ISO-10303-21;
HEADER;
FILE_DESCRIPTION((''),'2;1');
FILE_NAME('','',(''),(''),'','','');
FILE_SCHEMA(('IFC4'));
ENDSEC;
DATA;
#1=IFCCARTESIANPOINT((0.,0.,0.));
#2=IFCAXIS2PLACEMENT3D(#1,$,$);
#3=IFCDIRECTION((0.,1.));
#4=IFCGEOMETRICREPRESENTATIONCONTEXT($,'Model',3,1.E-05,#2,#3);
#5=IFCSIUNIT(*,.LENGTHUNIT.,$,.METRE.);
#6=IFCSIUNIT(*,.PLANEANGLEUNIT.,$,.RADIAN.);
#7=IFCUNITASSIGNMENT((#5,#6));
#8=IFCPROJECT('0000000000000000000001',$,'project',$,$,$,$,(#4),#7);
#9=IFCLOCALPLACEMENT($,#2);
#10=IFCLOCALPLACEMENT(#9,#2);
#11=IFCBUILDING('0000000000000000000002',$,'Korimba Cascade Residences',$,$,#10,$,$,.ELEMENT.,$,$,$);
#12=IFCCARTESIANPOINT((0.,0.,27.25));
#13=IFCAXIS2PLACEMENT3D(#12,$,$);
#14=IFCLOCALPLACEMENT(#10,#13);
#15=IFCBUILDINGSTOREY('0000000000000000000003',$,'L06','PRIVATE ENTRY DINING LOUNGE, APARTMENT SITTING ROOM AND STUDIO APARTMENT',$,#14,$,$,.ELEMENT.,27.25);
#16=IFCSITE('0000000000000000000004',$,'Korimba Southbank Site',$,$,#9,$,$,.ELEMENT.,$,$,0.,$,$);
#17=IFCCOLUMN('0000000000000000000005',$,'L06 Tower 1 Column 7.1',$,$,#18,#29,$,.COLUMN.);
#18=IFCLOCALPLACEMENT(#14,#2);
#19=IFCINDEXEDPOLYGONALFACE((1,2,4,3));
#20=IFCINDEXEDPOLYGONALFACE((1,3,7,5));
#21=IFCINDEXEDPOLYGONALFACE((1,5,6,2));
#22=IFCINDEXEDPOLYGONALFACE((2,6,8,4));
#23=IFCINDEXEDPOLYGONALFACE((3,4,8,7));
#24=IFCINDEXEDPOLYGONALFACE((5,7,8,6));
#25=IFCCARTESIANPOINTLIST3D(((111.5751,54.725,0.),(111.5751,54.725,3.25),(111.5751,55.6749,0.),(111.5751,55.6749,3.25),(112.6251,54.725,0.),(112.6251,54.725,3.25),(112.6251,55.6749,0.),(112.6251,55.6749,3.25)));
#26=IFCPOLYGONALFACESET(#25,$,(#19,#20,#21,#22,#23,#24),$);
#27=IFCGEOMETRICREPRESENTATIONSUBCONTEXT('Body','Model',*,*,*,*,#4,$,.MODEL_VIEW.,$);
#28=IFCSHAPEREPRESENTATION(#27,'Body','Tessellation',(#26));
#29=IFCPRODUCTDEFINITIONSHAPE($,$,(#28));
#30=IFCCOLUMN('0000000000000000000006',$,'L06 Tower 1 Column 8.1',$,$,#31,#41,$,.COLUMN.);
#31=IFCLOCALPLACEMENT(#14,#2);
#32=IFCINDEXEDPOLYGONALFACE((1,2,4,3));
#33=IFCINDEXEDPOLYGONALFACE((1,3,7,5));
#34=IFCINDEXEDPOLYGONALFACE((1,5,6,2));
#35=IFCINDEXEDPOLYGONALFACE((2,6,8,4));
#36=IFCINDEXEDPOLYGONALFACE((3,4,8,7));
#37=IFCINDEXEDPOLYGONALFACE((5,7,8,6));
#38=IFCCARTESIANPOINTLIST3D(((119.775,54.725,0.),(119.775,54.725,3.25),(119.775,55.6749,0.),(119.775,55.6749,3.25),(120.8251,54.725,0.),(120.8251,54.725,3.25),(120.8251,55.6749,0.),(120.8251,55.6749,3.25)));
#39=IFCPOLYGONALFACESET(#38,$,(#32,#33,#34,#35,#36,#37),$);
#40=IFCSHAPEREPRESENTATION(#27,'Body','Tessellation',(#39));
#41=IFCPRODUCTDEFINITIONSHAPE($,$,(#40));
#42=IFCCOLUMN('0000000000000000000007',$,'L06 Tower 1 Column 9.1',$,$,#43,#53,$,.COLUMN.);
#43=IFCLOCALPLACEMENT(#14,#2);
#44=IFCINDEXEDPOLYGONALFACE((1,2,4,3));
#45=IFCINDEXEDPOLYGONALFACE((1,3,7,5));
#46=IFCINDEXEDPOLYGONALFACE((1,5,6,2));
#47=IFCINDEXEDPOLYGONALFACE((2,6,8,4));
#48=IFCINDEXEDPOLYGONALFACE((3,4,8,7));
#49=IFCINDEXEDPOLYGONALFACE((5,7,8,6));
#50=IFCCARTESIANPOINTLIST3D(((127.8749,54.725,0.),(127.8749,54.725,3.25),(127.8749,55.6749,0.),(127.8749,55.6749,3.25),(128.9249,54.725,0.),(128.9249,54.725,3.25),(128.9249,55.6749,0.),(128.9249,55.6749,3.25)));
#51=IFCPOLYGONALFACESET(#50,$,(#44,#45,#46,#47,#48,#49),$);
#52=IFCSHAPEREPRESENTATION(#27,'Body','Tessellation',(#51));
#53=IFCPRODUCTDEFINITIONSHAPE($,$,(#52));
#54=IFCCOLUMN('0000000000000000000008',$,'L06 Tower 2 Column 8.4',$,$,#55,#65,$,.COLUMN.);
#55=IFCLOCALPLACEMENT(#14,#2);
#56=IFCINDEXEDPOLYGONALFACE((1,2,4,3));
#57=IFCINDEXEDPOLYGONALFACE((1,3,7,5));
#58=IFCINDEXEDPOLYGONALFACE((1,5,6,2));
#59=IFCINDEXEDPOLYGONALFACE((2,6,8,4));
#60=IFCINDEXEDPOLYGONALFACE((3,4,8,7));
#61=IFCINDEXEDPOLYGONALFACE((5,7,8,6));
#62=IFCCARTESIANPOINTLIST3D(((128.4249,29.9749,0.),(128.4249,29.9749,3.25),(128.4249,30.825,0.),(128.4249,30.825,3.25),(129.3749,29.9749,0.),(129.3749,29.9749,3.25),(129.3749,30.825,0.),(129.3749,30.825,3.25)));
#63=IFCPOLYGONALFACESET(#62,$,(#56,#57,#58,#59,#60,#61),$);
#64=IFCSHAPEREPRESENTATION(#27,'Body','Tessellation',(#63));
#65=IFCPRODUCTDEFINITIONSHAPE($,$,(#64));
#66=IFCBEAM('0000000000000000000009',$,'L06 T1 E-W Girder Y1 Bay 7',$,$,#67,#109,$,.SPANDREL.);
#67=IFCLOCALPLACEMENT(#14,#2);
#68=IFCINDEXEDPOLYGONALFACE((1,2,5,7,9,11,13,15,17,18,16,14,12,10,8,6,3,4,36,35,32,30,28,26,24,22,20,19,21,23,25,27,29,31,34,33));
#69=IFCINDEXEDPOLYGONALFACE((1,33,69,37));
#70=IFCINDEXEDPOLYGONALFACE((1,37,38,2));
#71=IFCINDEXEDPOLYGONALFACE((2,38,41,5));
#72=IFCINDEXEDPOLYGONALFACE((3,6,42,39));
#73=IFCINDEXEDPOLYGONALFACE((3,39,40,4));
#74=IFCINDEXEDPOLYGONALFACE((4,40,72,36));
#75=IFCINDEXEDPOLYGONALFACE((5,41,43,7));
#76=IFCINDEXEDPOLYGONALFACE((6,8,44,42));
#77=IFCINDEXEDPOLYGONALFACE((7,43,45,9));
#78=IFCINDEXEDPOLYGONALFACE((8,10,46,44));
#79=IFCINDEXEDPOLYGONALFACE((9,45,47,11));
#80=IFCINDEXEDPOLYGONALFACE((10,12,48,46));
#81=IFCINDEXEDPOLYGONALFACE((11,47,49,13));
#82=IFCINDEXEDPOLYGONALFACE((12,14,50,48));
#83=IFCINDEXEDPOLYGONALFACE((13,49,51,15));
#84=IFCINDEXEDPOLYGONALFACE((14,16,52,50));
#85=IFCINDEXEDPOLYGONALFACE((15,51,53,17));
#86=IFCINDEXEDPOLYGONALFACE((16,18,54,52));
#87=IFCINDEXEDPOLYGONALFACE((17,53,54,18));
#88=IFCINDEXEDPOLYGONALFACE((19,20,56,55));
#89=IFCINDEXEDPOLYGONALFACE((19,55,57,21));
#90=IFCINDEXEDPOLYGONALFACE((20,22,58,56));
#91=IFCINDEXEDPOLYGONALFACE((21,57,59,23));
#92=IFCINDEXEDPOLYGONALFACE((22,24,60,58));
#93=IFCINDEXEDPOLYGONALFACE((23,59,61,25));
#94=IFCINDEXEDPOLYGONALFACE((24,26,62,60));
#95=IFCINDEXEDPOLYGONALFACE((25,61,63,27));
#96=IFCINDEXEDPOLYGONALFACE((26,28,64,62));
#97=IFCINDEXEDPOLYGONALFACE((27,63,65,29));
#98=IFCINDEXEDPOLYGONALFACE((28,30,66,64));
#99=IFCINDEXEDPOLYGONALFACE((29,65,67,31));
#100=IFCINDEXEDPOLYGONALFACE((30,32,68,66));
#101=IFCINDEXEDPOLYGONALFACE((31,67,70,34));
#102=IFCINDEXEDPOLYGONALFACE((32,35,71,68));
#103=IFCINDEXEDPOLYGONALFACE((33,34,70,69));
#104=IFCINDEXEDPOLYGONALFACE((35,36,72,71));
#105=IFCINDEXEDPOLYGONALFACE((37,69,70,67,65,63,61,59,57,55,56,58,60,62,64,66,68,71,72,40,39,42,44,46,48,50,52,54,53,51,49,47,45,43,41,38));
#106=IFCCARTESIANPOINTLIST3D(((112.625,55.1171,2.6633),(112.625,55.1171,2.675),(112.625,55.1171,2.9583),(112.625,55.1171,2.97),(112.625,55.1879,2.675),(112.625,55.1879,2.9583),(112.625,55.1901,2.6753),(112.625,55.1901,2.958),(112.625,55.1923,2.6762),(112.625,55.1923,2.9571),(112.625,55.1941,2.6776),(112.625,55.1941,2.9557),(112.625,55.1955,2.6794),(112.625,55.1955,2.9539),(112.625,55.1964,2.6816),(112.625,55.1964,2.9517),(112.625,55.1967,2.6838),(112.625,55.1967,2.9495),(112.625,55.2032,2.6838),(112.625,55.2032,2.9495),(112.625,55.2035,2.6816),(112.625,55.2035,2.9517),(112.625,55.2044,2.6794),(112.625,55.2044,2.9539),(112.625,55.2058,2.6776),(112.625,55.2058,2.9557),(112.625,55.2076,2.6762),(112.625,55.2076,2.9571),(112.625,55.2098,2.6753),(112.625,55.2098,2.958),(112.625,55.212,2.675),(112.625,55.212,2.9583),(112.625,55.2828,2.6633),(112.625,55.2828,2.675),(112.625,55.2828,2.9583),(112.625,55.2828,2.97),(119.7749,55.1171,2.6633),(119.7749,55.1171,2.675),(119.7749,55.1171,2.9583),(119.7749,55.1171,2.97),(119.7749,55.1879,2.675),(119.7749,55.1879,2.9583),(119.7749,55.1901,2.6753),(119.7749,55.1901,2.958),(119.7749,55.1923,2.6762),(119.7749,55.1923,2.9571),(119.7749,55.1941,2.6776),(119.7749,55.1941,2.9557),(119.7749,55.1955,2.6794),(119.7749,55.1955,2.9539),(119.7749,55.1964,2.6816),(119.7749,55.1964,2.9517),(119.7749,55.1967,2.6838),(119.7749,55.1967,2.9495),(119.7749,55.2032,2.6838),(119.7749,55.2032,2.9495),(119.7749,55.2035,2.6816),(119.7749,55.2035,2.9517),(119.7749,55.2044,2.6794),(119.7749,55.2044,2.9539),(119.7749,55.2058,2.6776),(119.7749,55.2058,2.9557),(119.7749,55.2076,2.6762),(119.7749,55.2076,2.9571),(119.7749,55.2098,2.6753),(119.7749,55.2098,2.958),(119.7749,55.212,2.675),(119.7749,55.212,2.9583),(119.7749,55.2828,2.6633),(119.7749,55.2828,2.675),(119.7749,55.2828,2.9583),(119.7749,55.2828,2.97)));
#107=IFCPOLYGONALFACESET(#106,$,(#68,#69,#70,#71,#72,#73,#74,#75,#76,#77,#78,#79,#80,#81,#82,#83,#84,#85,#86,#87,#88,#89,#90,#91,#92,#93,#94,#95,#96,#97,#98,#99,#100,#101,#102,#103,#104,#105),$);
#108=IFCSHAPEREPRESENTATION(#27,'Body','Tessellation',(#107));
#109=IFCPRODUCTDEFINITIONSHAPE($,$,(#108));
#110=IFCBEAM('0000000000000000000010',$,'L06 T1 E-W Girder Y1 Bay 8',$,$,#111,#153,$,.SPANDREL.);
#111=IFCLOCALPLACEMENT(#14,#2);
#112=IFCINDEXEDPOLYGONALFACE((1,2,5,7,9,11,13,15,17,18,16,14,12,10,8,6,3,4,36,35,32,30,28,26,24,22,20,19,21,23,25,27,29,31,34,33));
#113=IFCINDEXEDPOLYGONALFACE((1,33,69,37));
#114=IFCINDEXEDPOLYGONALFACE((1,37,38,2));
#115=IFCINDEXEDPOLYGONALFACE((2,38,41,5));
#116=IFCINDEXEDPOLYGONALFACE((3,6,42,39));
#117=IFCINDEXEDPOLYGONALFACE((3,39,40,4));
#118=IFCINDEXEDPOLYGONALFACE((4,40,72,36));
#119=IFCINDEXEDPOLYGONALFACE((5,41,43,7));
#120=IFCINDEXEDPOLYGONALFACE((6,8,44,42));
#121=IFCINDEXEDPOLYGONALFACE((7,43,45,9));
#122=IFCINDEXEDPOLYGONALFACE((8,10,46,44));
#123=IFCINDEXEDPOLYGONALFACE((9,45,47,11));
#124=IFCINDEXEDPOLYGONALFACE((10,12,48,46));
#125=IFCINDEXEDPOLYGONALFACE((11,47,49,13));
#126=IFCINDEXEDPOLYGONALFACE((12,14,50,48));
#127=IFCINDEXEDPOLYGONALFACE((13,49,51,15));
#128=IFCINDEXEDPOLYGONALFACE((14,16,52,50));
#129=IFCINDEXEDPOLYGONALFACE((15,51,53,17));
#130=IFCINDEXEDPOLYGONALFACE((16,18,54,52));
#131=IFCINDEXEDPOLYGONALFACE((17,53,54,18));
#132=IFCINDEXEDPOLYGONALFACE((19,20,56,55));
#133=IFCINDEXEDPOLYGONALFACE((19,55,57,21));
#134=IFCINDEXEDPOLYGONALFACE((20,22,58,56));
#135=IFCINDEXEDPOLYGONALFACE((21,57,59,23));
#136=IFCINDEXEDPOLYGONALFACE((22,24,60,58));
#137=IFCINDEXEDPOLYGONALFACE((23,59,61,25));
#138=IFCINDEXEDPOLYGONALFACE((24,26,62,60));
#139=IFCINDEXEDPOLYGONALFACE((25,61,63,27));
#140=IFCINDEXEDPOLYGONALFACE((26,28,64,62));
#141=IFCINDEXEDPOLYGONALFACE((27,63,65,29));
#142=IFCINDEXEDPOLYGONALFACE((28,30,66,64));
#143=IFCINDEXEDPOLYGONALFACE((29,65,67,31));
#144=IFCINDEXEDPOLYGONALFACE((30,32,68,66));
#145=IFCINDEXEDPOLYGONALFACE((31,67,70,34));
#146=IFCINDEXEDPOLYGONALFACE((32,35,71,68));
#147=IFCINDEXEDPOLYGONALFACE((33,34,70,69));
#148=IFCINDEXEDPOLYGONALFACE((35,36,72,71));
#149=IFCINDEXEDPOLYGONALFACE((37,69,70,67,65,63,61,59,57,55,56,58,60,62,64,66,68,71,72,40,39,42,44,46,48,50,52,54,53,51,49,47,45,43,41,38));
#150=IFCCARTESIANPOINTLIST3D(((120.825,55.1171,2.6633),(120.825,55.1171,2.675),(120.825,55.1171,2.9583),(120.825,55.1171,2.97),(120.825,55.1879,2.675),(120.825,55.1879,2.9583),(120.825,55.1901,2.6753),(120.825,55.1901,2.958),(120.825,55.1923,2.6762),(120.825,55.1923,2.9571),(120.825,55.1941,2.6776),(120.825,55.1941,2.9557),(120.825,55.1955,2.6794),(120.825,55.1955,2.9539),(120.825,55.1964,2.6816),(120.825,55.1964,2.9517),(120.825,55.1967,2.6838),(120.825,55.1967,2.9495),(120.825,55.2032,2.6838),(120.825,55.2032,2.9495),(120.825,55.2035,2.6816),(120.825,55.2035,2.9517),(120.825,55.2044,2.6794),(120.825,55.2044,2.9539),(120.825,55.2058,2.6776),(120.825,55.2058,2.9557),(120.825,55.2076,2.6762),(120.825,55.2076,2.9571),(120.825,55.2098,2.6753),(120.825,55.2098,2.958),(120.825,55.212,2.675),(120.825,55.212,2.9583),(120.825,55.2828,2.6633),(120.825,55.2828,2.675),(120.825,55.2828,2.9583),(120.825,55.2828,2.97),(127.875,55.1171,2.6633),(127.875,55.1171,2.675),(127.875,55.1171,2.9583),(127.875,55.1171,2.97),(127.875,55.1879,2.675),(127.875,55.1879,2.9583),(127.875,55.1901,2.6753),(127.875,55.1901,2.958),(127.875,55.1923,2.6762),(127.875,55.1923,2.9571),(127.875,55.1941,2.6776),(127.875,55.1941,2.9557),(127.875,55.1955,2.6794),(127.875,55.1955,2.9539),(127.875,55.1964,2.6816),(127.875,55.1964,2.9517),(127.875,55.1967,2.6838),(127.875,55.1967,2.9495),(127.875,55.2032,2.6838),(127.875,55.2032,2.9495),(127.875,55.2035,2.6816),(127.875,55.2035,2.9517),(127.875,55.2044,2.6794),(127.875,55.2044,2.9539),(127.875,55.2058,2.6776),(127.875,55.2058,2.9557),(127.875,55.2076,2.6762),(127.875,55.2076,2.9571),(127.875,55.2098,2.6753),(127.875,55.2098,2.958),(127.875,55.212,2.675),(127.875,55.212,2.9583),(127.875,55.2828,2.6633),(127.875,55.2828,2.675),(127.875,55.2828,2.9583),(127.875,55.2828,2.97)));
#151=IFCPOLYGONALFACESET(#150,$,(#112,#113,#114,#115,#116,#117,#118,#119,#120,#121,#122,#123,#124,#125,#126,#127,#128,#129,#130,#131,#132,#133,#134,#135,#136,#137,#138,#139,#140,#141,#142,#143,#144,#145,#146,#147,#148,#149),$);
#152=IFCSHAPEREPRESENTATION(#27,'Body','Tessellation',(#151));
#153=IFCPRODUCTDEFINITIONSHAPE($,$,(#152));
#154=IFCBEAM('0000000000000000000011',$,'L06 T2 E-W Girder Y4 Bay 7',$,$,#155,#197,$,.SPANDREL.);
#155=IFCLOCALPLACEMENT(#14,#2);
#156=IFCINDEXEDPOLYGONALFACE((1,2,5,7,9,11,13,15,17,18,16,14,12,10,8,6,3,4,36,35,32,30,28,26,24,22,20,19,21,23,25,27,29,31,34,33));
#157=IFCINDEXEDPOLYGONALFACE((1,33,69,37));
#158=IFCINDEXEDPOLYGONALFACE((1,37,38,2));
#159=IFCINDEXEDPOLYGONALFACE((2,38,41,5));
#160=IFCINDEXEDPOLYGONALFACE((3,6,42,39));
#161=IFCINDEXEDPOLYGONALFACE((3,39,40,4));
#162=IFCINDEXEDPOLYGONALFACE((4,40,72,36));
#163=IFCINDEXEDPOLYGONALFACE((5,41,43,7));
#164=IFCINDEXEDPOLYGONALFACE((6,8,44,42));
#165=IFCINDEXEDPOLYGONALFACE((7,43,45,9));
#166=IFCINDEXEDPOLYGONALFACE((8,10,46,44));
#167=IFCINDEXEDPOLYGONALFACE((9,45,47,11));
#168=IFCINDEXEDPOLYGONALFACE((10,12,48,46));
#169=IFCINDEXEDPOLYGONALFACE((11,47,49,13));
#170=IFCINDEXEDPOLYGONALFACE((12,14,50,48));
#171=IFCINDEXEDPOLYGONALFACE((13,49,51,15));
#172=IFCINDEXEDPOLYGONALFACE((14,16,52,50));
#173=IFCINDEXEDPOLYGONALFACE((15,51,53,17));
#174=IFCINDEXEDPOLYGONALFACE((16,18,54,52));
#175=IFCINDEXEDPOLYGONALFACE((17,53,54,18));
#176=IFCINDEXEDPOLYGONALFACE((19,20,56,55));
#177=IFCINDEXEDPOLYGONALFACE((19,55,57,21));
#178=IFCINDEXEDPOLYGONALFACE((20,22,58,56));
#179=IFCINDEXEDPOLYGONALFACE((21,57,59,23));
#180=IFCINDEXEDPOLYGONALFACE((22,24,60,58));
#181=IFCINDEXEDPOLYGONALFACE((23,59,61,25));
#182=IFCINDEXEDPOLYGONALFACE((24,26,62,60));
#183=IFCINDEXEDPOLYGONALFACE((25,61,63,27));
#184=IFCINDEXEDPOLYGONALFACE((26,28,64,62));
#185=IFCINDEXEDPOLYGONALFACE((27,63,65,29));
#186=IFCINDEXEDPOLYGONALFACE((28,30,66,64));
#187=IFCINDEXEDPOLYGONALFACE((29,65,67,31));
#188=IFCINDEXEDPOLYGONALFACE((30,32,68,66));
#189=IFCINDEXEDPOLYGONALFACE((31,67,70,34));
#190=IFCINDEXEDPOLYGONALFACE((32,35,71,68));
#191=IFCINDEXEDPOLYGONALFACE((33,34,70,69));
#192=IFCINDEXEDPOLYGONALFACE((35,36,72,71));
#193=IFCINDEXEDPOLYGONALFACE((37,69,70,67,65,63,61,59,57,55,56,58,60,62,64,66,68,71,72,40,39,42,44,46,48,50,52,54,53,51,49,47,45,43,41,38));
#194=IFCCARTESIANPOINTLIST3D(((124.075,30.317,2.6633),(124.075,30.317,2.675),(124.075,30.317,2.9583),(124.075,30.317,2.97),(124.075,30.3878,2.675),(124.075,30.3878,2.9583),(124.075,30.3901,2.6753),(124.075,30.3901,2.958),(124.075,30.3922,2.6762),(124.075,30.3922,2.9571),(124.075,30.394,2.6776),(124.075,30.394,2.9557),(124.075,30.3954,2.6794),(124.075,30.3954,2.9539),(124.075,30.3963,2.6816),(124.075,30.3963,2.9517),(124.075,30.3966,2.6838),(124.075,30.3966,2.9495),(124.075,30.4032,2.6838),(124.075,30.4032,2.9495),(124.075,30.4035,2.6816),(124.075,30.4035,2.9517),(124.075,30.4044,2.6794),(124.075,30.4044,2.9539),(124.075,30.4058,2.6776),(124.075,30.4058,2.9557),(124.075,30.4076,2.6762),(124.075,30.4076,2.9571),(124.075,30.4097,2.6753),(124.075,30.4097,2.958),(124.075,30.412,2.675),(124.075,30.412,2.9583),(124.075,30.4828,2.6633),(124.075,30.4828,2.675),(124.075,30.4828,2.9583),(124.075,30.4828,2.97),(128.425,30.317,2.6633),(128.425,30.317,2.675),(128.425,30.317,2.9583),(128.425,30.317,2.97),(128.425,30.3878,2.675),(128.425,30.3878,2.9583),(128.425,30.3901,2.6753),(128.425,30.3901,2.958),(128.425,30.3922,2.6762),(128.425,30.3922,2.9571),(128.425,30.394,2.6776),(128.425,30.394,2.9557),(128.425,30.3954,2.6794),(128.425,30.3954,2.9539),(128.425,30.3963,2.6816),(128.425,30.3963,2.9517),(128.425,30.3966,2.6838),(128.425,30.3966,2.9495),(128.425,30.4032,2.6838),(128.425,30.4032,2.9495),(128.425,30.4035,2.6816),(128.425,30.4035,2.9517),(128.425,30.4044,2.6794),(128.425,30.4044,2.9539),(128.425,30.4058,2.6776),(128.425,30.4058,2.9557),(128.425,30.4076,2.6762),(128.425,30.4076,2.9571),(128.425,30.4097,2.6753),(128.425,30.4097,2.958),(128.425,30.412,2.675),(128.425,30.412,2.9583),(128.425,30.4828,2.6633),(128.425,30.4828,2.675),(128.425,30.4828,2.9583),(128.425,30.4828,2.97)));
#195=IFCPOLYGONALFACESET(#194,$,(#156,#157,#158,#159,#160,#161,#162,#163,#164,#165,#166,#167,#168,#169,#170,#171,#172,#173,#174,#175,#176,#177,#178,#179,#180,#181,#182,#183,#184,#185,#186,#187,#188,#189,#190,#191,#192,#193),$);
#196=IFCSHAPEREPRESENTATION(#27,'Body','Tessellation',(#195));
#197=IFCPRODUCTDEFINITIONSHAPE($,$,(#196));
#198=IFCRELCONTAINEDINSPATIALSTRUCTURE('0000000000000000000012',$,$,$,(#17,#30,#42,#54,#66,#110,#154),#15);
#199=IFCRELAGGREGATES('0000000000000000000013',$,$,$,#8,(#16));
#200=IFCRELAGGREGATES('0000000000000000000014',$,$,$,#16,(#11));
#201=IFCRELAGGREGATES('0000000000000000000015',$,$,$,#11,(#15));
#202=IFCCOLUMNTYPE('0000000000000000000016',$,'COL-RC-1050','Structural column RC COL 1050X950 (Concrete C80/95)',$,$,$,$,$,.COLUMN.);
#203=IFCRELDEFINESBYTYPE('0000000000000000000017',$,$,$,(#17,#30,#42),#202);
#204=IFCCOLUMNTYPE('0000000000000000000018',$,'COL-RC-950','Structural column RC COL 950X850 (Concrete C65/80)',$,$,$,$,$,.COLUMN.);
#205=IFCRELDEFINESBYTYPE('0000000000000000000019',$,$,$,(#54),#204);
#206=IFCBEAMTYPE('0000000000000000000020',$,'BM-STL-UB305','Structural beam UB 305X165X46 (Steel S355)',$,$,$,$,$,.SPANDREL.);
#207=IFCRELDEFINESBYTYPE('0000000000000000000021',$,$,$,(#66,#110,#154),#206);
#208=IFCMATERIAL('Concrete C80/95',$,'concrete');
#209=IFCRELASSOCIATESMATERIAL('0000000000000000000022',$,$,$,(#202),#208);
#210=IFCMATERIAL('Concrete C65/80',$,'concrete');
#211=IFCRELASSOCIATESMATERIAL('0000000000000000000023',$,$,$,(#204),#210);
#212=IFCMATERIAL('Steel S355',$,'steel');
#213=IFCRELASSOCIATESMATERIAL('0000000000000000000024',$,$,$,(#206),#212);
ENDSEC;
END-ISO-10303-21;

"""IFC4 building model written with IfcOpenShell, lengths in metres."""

from ifc_helpers import new_model, si_unit, direction, frame, origin, origin_2d, place, context, subcontext, project, spatial, rectangle, i_section, extrude, material, material_profile, profile_set, type_object, element, save


model = new_model("IFC4")

# Units and contexts
model_context = context("Model", 3, precision=1e-05, world=origin(), true_north=direction((0.0, 1.0)))
body_context = subcontext(model_context, "Body", "Model", "MODEL_VIEW")
ifc_project = project(units=[si_unit("LENGTHUNIT", "METRE"), si_unit("PLANEANGLEUNIT", "RADIAN")], contexts=[model_context])

# Site, building, storey
site_placement = place(None, origin())
site = spatial("IfcSite", under=ifc_project, at=site_placement, Name="Korimba Southbank Site", CompositionType="ELEMENT", RefElevation=0.0)
building_placement = place(site_placement, origin())
building = spatial("IfcBuilding", under=site, at=building_placement, Name="Korimba Cascade Residences", CompositionType="ELEMENT")
storey_placement = place(building_placement, frame((0.0, 0.0, 27.25)))
storey = spatial("IfcBuildingStorey", under=building, at=storey_placement, Name="L06", Description="PRIVATE ENTRY DINING LOUNGE, APARTMENT SITTING ROOM AND STUDIO APARTMENT", CompositionType="ELEMENT", Elevation=27.25)

# Columns
ifc_material_1 = material(Name="Concrete C80/95", Category="concrete")
ifc_material_profile_1 = material_profile(ifc_material_1, rectangle(XDim=1.05, YDim=0.95, at=origin_2d()), Name="Concrete C80/95")
ifc_profile_set_1 = profile_set([ifc_material_profile_1], Name="Concrete C80/95")
column_type_1 = type_object("IfcColumnType", Name="COL-RC-1050", Description="Structural column RC COL 1050X950 (Concrete C80/95)", PredefinedType="COLUMN", material=ifc_profile_set_1)
for number, where, z_axis, x_axis, name in (
    (1, (112.1001, 55.2, 0.0), (0.0, 0.0, 1.0), (1.0, 0.0, 0.0), "L06 Tower 1 Column 7.1"),
    (2, (120.3, 55.2, 0.0), (0.0, 0.0, 1.0), (1.0, 0.0, 0.0), "L06 Tower 1 Column 8.1"),
    (3, (128.3999, 55.2, 0.0), (0.0, 0.0, 1.0), (1.0, 0.0, 0.0), "L06 Tower 1 Column 9.1"),
):
    element("IfcColumn", number, at=place(storey_placement, frame(where, z_axis=z_axis, x_axis=x_axis)), inside=storey, type_object=column_type_1, Name=name, PredefinedType="COLUMN", context=body_context, shape_type="SweptSolid", body=[
        extrude(rectangle(XDim=1.05, YDim=0.95, at=origin_2d()), origin(), (0.0, 0.0, 1.0), 3.25),
    ])
ifc_material_2 = material(Name="Concrete C65/80", Category="concrete")
ifc_material_profile_2 = material_profile(ifc_material_2, rectangle(XDim=0.95, YDim=0.8501, at=origin_2d()), Name="Concrete C65/80")
ifc_profile_set_2 = profile_set([ifc_material_profile_2], Name="Concrete C65/80")
column_type_2 = type_object("IfcColumnType", Name="COL-RC-950", Description="Structural column RC COL 950X850 (Concrete C65/80)", PredefinedType="COLUMN", material=ifc_profile_set_2)
column_placement = place(storey_placement, frame((128.8999, 30.3999, 0.0), z_axis=(0.0, 0.0, 1.0), x_axis=(1.0, 0.0, 0.0)))
element("IfcColumn", 4, at=column_placement, inside=storey, type_object=column_type_2, Name="L06 Tower 2 Column 8.4", PredefinedType="COLUMN", context=body_context, shape_type="SweptSolid", body=[
    extrude(rectangle(XDim=0.95, YDim=0.8501, at=origin_2d()), origin(), (0.0, 0.0, 1.0), 3.25),
])

# Beams
ifc_material_3 = material(Name="Steel S355", Category="steel")
ifc_material_profile_3 = material_profile(ifc_material_3, i_section(OverallWidth=0.1658, OverallDepth=0.3066, WebThickness=0.0066, FlangeThickness=0.0117, FilletRadius=0.0088, at=origin_2d()), Name="Steel S355")
ifc_profile_set_3 = profile_set([ifc_material_profile_3], Name="Steel S355")
beam_type = type_object("IfcBeamType", Name="BM-STL-UB305", Description="Structural beam UB 305X165X46 (Steel S355)", PredefinedType="SPANDREL", material=ifc_profile_set_3)
beam_1_placement = place(storey_placement, frame((112.625, 55.2, 2.8167), z_axis=(1.0, 0.0, 0.0), x_axis=(0.0, 1.0, 0.0)))
element("IfcBeam", 5, at=beam_1_placement, inside=storey, type_object=beam_type, Name="L06 T1 E-W Girder Y1 Bay 7", PredefinedType="SPANDREL", context=body_context, shape_type="SweptSolid", body=[
    extrude(i_section(OverallWidth=0.1658, OverallDepth=0.3066, WebThickness=0.0066, FlangeThickness=0.0117, FilletRadius=0.0088, at=origin_2d()), origin(), (0.0, 0.0, 1.0), 7.1499),
])
beam_2_placement = place(storey_placement, frame((120.825, 55.2, 2.8167), z_axis=(1.0, 0.0, 0.0), x_axis=(0.0, 1.0, 0.0)))
element("IfcBeam", 6, at=beam_2_placement, inside=storey, type_object=beam_type, Name="L06 T1 E-W Girder Y1 Bay 8", PredefinedType="SPANDREL", context=body_context, shape_type="SweptSolid", body=[
    extrude(i_section(OverallWidth=0.1658, OverallDepth=0.3066, WebThickness=0.0066, FlangeThickness=0.0117, FilletRadius=0.0088, at=origin_2d()), origin(), (0.0, 0.0, 1.0), 7.05),
])
beam_3_placement = place(storey_placement, frame((124.075, 30.3999, 2.8167), z_axis=(1.0, 0.0, 0.0), x_axis=(0.0, 1.0, 0.0)))
element("IfcBeam", 7, at=beam_3_placement, inside=storey, type_object=beam_type, Name="L06 T2 E-W Girder Y4 Bay 7", PredefinedType="SPANDREL", context=body_context, shape_type="SweptSolid", body=[
    extrude(i_section(OverallWidth=0.1658, OverallDepth=0.3066, WebThickness=0.0066, FlangeThickness=0.0117, FilletRadius=0.0088, at=origin_2d()), origin(), (0.0, 0.0, 1.0), 4.3501),
])

save(model, "model.ifc")
